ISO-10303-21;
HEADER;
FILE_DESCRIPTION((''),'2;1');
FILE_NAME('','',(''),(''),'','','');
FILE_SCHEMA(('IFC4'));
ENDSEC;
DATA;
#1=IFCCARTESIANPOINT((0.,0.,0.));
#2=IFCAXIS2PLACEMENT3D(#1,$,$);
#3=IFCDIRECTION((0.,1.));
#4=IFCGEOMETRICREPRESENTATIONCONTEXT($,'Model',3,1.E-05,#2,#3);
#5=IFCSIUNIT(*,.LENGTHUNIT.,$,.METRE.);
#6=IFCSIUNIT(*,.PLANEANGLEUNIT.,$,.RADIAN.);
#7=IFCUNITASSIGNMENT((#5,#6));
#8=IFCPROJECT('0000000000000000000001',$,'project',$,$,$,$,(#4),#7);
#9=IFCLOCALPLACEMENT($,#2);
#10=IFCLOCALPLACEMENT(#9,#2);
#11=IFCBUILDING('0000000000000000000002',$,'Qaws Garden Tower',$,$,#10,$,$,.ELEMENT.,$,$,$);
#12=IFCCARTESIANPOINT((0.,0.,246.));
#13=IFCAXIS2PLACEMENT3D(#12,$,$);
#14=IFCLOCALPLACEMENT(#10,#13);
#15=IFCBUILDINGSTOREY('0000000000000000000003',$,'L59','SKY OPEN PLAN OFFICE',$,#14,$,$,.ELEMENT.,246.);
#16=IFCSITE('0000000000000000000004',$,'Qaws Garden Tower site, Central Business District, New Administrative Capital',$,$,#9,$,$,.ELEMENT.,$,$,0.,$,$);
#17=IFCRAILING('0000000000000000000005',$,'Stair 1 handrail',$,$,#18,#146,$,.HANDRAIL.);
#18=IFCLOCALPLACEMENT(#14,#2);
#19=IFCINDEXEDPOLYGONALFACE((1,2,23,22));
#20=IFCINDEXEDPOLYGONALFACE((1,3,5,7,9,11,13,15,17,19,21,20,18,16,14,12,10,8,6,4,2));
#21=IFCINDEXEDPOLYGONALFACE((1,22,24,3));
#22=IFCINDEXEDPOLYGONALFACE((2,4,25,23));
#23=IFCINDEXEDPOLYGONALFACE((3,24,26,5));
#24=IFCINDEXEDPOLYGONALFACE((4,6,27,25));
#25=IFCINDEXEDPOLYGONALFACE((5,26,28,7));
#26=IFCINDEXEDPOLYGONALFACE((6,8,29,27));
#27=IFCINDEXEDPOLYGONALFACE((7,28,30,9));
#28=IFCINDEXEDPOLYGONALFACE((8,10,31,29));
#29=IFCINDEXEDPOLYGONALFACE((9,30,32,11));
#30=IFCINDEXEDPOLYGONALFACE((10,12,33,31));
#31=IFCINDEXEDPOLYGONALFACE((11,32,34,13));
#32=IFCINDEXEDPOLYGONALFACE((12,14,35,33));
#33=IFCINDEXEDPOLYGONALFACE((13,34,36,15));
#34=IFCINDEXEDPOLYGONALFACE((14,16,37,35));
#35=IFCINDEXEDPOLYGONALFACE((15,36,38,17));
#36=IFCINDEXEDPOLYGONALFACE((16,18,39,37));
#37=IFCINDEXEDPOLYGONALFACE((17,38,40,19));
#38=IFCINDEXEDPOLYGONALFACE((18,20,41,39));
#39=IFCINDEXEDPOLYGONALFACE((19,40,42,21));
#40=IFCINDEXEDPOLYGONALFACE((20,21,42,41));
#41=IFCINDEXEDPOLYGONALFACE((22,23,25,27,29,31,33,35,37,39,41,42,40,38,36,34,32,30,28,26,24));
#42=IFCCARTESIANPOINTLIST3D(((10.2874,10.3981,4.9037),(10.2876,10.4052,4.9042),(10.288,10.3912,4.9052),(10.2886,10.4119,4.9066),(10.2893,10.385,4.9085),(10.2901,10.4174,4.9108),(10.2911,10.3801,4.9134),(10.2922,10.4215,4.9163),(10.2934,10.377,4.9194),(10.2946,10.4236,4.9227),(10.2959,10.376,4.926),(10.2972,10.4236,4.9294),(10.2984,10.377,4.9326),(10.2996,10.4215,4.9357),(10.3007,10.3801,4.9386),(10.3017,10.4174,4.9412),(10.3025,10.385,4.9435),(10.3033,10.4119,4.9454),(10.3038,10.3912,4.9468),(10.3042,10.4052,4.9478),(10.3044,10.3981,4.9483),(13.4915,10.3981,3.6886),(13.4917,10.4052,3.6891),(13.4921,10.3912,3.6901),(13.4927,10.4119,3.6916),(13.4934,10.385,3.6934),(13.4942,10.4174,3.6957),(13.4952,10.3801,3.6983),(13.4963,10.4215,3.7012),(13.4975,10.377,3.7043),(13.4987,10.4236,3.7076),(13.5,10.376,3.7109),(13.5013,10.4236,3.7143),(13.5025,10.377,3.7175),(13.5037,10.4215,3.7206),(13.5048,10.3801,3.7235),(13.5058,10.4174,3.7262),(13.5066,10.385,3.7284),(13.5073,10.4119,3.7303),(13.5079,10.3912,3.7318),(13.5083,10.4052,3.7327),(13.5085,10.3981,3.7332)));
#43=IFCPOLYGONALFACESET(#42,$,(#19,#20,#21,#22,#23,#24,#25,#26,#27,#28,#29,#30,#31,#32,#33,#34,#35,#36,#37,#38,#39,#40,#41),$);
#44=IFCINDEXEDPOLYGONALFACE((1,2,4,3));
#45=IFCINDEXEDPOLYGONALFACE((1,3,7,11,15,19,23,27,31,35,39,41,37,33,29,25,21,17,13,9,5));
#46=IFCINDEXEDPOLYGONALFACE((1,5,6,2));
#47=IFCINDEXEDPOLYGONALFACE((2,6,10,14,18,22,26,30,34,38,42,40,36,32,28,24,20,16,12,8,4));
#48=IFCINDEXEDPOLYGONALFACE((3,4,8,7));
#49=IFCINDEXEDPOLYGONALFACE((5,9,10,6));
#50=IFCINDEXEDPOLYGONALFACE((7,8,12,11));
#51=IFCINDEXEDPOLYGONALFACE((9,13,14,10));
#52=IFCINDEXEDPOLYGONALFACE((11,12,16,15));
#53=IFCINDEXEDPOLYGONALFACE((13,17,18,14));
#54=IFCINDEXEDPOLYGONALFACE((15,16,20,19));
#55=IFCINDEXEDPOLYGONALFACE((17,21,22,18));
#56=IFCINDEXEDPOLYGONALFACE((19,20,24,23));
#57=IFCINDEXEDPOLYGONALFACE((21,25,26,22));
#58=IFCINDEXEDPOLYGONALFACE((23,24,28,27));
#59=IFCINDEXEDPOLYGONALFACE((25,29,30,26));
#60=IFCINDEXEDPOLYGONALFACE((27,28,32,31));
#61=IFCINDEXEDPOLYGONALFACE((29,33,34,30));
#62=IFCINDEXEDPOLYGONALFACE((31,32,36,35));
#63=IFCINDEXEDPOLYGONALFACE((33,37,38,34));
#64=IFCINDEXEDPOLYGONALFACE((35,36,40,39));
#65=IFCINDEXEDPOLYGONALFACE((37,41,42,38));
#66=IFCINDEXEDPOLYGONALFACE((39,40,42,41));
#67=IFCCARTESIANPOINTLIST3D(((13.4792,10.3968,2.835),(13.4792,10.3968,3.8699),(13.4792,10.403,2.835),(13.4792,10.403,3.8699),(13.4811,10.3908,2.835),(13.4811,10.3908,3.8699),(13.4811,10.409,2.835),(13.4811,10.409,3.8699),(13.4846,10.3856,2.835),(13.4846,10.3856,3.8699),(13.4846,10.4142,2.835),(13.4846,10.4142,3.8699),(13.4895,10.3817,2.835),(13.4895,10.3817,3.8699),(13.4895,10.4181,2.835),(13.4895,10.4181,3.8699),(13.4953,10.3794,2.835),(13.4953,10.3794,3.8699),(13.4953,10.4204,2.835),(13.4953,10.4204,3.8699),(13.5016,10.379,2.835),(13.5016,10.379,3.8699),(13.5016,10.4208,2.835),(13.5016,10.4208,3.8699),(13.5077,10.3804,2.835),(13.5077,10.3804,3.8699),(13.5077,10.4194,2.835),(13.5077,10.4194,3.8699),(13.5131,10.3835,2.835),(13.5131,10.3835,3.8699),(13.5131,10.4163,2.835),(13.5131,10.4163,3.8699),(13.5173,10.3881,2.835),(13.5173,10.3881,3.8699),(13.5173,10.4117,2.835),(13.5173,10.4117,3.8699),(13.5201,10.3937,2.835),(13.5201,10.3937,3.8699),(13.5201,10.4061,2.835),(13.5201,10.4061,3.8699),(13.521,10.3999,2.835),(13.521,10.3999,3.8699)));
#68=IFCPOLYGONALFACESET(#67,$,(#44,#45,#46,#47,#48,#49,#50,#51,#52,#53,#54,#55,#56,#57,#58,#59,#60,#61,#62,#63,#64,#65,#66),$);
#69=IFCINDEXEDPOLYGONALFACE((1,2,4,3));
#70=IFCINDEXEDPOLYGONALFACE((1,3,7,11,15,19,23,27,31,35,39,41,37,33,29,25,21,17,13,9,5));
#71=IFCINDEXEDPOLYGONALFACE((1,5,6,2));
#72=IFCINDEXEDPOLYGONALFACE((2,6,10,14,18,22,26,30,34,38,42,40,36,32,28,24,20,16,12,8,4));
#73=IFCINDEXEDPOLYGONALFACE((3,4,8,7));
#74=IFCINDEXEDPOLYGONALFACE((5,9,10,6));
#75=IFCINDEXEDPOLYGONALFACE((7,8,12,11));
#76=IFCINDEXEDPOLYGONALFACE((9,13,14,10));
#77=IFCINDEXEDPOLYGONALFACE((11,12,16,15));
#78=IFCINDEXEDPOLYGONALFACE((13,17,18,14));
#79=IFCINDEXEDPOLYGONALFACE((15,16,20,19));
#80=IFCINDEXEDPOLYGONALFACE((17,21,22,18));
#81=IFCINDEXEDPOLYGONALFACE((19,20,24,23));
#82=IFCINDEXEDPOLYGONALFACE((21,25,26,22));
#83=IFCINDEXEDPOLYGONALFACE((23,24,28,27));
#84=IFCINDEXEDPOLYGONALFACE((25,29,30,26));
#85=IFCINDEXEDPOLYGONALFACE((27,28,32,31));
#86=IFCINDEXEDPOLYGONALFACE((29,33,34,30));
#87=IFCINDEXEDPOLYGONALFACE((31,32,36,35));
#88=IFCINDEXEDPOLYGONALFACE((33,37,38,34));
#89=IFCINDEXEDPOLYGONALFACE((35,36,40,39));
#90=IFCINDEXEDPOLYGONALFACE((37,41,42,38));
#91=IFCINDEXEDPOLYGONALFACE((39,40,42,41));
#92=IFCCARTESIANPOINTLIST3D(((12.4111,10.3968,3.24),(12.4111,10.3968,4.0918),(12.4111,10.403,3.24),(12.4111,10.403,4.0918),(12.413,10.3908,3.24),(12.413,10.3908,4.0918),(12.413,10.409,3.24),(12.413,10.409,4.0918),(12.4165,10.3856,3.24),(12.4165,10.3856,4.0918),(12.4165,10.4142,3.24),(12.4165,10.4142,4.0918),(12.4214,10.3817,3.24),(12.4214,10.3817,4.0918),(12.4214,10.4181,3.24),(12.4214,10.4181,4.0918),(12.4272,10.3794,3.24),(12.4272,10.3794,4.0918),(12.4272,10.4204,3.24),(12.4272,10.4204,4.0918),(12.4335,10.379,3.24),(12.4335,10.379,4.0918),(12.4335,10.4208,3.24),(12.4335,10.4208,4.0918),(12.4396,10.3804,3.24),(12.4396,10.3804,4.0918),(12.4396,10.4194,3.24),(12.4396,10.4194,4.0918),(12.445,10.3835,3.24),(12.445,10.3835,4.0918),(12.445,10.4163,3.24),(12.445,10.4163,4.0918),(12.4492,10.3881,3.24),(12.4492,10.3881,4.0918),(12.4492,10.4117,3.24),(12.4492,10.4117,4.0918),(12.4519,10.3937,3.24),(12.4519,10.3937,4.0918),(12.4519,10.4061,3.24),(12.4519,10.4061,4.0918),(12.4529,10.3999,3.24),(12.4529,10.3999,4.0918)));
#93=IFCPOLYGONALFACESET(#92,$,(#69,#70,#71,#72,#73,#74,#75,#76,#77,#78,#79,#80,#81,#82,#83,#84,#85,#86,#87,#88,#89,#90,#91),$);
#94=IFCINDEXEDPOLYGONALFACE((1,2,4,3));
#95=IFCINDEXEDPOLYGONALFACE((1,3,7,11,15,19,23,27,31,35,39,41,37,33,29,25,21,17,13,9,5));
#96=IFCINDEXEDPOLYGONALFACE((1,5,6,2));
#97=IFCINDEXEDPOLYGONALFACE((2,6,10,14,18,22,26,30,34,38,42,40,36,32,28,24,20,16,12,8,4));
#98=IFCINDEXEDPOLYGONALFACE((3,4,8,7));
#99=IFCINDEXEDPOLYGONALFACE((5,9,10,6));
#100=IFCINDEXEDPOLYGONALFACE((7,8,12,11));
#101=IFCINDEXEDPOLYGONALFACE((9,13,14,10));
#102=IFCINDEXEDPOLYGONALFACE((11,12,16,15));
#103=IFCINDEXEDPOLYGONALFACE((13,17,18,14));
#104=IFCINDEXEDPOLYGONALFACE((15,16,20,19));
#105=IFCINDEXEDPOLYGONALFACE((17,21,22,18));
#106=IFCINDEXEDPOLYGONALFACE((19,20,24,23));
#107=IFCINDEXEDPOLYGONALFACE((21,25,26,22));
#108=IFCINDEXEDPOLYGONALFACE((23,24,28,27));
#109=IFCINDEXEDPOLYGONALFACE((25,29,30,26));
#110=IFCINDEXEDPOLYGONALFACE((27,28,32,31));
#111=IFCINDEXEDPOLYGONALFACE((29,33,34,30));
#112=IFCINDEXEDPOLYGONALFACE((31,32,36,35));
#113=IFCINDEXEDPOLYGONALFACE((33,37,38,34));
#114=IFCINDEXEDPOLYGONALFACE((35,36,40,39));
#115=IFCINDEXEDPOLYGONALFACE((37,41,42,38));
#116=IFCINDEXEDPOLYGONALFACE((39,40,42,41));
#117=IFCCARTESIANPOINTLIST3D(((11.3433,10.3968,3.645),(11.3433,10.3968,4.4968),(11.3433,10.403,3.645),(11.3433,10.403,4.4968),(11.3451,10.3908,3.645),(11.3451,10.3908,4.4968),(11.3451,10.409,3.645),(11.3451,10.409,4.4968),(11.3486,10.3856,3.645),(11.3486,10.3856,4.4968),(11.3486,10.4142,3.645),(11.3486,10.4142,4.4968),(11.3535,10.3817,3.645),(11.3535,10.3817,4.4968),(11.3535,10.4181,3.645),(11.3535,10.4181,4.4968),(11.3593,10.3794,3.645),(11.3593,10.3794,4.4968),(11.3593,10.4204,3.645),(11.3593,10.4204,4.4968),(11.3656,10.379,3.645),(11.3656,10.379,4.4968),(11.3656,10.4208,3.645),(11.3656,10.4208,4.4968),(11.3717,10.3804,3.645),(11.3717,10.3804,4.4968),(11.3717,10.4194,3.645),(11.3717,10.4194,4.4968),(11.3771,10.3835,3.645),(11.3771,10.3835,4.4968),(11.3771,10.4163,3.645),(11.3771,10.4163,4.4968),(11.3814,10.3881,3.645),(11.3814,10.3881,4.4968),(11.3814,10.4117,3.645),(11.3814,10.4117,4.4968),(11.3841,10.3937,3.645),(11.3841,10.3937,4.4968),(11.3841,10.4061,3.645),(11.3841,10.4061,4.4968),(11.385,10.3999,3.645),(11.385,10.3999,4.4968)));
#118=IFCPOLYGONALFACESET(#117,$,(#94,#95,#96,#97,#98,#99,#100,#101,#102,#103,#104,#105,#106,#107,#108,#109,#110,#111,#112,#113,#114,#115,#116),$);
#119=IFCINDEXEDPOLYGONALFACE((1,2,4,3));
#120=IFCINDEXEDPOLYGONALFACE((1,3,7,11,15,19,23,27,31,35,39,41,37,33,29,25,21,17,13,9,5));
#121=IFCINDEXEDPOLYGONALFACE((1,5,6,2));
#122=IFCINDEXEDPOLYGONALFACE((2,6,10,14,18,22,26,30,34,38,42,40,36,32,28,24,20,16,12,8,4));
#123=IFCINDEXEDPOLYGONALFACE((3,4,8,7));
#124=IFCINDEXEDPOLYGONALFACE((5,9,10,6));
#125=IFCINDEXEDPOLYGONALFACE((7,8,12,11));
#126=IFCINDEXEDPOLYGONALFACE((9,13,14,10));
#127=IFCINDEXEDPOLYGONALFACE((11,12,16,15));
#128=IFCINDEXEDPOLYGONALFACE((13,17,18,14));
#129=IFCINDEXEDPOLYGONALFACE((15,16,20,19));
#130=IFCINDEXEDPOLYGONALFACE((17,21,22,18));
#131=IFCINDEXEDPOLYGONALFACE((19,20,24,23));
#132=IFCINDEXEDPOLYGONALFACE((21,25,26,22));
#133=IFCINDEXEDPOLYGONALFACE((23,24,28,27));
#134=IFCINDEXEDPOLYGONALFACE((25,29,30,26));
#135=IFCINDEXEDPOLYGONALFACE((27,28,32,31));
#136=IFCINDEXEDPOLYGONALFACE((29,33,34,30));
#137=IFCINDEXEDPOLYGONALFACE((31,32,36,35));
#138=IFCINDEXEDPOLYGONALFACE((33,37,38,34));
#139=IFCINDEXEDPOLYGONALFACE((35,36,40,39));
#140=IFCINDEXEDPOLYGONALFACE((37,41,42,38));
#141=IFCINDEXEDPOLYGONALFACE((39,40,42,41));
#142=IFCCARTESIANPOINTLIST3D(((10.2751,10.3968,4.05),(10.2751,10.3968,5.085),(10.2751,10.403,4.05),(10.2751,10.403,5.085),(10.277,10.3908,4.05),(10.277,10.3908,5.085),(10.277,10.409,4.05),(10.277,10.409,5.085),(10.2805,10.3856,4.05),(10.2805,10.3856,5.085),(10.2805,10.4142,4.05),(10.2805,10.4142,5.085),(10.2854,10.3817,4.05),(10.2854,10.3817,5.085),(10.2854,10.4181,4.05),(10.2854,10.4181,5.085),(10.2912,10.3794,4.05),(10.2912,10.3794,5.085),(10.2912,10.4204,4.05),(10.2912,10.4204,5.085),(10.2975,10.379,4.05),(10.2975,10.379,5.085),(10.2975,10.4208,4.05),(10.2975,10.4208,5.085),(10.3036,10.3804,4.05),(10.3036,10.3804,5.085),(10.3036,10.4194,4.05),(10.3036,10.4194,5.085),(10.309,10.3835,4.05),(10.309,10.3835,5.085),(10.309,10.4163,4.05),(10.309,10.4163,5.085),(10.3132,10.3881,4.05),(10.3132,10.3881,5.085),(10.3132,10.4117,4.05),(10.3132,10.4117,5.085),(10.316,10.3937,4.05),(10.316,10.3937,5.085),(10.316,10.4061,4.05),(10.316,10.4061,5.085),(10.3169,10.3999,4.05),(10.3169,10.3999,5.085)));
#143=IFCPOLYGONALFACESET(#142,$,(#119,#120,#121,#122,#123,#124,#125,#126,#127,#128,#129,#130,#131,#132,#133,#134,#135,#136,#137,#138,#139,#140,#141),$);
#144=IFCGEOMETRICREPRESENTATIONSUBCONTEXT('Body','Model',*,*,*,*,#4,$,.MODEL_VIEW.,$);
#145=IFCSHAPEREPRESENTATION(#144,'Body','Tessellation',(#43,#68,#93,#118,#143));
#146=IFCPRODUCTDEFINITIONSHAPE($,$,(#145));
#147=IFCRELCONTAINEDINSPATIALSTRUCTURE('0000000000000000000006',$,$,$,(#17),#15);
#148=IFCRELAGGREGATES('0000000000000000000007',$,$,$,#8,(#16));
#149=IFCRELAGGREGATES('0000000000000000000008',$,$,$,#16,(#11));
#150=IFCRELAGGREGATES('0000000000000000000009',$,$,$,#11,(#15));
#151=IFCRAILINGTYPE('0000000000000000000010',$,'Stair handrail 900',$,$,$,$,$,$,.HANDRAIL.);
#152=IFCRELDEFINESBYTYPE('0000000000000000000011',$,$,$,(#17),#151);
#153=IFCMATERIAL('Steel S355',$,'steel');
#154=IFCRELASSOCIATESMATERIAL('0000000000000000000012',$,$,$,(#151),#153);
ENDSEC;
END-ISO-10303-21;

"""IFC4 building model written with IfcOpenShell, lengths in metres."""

from ifc_helpers import new_model, si_unit, direction, frame, origin, origin_2d, place, context, subcontext, project, spatial, circle, extrude, material, type_object, element, save


model = new_model("IFC4")

# Units and contexts
model_context = context("Model", 3, precision=1e-05, world=origin(), true_north=direction((0.0, 1.0)))
body_context = subcontext(model_context, "Body", "Model", "MODEL_VIEW")
ifc_project = project(units=[si_unit("LENGTHUNIT", "METRE"), si_unit("PLANEANGLEUNIT", "RADIAN")], contexts=[model_context])

# Site, building, storey
site_placement = place(None, origin())
site = spatial("IfcSite", under=ifc_project, at=site_placement, Name="Qaws Garden Tower site, Central Business District, New Administrative Capital", CompositionType="ELEMENT", RefElevation=0.0)
building_placement = place(site_placement, origin())
building = spatial("IfcBuilding", under=site, at=building_placement, Name="Qaws Garden Tower", CompositionType="ELEMENT")
storey_placement = place(building_placement, frame((0.0, 0.0, 246.0)))
storey = spatial("IfcBuildingStorey", under=building, at=storey_placement, Name="L59", Description="SKY OPEN PLAN OFFICE", CompositionType="ELEMENT", Elevation=246.0)

# Railing
ifc_material_1 = material(Name="Steel S355", Category="steel")
railing_type = type_object("IfcRailingType", Name="Stair handrail 900", PredefinedType="HANDRAIL", material=ifc_material_1)
railing_1_placement = place(storey_placement, frame((13.5, 10.3999, 2.835)))
element("IfcRailing", 1, at=railing_1_placement, inside=storey, type_object=railing_type, Name="Stair 1 handrail", PredefinedType="HANDRAIL", context=body_context, shape_type="SweptSolid", body=[
    extrude(circle(Radius=0.0239, at=origin_2d()), frame((0.0, 0.0, 0.876), z_axis=(-0.935023, 0.0, 0.354588), x_axis=(0.0, -1.0, 0.0)), (0.0, 0.0, 1.0), 3.4268),
    extrude(circle(Radius=0.021, at=origin_2d()), origin(), (0.0, 0.0, 1.0), 1.0349),
    extrude(circle(Radius=0.021, at=origin_2d()), frame((-1.0681, 0.0, 0.405)), (0.0, 0.0, 1.0), 0.8518),
    extrude(circle(Radius=0.021, at=origin_2d()), frame((-2.136, 0.0, 0.8101)), (0.0, 0.0, 1.0), 0.8518),
    extrude(circle(Radius=0.021, at=origin_2d()), frame((-3.2041, 0.0, 1.2151)), (0.0, 0.0, 1.0), 1.0349),
])

save(model, "model.ifc")
